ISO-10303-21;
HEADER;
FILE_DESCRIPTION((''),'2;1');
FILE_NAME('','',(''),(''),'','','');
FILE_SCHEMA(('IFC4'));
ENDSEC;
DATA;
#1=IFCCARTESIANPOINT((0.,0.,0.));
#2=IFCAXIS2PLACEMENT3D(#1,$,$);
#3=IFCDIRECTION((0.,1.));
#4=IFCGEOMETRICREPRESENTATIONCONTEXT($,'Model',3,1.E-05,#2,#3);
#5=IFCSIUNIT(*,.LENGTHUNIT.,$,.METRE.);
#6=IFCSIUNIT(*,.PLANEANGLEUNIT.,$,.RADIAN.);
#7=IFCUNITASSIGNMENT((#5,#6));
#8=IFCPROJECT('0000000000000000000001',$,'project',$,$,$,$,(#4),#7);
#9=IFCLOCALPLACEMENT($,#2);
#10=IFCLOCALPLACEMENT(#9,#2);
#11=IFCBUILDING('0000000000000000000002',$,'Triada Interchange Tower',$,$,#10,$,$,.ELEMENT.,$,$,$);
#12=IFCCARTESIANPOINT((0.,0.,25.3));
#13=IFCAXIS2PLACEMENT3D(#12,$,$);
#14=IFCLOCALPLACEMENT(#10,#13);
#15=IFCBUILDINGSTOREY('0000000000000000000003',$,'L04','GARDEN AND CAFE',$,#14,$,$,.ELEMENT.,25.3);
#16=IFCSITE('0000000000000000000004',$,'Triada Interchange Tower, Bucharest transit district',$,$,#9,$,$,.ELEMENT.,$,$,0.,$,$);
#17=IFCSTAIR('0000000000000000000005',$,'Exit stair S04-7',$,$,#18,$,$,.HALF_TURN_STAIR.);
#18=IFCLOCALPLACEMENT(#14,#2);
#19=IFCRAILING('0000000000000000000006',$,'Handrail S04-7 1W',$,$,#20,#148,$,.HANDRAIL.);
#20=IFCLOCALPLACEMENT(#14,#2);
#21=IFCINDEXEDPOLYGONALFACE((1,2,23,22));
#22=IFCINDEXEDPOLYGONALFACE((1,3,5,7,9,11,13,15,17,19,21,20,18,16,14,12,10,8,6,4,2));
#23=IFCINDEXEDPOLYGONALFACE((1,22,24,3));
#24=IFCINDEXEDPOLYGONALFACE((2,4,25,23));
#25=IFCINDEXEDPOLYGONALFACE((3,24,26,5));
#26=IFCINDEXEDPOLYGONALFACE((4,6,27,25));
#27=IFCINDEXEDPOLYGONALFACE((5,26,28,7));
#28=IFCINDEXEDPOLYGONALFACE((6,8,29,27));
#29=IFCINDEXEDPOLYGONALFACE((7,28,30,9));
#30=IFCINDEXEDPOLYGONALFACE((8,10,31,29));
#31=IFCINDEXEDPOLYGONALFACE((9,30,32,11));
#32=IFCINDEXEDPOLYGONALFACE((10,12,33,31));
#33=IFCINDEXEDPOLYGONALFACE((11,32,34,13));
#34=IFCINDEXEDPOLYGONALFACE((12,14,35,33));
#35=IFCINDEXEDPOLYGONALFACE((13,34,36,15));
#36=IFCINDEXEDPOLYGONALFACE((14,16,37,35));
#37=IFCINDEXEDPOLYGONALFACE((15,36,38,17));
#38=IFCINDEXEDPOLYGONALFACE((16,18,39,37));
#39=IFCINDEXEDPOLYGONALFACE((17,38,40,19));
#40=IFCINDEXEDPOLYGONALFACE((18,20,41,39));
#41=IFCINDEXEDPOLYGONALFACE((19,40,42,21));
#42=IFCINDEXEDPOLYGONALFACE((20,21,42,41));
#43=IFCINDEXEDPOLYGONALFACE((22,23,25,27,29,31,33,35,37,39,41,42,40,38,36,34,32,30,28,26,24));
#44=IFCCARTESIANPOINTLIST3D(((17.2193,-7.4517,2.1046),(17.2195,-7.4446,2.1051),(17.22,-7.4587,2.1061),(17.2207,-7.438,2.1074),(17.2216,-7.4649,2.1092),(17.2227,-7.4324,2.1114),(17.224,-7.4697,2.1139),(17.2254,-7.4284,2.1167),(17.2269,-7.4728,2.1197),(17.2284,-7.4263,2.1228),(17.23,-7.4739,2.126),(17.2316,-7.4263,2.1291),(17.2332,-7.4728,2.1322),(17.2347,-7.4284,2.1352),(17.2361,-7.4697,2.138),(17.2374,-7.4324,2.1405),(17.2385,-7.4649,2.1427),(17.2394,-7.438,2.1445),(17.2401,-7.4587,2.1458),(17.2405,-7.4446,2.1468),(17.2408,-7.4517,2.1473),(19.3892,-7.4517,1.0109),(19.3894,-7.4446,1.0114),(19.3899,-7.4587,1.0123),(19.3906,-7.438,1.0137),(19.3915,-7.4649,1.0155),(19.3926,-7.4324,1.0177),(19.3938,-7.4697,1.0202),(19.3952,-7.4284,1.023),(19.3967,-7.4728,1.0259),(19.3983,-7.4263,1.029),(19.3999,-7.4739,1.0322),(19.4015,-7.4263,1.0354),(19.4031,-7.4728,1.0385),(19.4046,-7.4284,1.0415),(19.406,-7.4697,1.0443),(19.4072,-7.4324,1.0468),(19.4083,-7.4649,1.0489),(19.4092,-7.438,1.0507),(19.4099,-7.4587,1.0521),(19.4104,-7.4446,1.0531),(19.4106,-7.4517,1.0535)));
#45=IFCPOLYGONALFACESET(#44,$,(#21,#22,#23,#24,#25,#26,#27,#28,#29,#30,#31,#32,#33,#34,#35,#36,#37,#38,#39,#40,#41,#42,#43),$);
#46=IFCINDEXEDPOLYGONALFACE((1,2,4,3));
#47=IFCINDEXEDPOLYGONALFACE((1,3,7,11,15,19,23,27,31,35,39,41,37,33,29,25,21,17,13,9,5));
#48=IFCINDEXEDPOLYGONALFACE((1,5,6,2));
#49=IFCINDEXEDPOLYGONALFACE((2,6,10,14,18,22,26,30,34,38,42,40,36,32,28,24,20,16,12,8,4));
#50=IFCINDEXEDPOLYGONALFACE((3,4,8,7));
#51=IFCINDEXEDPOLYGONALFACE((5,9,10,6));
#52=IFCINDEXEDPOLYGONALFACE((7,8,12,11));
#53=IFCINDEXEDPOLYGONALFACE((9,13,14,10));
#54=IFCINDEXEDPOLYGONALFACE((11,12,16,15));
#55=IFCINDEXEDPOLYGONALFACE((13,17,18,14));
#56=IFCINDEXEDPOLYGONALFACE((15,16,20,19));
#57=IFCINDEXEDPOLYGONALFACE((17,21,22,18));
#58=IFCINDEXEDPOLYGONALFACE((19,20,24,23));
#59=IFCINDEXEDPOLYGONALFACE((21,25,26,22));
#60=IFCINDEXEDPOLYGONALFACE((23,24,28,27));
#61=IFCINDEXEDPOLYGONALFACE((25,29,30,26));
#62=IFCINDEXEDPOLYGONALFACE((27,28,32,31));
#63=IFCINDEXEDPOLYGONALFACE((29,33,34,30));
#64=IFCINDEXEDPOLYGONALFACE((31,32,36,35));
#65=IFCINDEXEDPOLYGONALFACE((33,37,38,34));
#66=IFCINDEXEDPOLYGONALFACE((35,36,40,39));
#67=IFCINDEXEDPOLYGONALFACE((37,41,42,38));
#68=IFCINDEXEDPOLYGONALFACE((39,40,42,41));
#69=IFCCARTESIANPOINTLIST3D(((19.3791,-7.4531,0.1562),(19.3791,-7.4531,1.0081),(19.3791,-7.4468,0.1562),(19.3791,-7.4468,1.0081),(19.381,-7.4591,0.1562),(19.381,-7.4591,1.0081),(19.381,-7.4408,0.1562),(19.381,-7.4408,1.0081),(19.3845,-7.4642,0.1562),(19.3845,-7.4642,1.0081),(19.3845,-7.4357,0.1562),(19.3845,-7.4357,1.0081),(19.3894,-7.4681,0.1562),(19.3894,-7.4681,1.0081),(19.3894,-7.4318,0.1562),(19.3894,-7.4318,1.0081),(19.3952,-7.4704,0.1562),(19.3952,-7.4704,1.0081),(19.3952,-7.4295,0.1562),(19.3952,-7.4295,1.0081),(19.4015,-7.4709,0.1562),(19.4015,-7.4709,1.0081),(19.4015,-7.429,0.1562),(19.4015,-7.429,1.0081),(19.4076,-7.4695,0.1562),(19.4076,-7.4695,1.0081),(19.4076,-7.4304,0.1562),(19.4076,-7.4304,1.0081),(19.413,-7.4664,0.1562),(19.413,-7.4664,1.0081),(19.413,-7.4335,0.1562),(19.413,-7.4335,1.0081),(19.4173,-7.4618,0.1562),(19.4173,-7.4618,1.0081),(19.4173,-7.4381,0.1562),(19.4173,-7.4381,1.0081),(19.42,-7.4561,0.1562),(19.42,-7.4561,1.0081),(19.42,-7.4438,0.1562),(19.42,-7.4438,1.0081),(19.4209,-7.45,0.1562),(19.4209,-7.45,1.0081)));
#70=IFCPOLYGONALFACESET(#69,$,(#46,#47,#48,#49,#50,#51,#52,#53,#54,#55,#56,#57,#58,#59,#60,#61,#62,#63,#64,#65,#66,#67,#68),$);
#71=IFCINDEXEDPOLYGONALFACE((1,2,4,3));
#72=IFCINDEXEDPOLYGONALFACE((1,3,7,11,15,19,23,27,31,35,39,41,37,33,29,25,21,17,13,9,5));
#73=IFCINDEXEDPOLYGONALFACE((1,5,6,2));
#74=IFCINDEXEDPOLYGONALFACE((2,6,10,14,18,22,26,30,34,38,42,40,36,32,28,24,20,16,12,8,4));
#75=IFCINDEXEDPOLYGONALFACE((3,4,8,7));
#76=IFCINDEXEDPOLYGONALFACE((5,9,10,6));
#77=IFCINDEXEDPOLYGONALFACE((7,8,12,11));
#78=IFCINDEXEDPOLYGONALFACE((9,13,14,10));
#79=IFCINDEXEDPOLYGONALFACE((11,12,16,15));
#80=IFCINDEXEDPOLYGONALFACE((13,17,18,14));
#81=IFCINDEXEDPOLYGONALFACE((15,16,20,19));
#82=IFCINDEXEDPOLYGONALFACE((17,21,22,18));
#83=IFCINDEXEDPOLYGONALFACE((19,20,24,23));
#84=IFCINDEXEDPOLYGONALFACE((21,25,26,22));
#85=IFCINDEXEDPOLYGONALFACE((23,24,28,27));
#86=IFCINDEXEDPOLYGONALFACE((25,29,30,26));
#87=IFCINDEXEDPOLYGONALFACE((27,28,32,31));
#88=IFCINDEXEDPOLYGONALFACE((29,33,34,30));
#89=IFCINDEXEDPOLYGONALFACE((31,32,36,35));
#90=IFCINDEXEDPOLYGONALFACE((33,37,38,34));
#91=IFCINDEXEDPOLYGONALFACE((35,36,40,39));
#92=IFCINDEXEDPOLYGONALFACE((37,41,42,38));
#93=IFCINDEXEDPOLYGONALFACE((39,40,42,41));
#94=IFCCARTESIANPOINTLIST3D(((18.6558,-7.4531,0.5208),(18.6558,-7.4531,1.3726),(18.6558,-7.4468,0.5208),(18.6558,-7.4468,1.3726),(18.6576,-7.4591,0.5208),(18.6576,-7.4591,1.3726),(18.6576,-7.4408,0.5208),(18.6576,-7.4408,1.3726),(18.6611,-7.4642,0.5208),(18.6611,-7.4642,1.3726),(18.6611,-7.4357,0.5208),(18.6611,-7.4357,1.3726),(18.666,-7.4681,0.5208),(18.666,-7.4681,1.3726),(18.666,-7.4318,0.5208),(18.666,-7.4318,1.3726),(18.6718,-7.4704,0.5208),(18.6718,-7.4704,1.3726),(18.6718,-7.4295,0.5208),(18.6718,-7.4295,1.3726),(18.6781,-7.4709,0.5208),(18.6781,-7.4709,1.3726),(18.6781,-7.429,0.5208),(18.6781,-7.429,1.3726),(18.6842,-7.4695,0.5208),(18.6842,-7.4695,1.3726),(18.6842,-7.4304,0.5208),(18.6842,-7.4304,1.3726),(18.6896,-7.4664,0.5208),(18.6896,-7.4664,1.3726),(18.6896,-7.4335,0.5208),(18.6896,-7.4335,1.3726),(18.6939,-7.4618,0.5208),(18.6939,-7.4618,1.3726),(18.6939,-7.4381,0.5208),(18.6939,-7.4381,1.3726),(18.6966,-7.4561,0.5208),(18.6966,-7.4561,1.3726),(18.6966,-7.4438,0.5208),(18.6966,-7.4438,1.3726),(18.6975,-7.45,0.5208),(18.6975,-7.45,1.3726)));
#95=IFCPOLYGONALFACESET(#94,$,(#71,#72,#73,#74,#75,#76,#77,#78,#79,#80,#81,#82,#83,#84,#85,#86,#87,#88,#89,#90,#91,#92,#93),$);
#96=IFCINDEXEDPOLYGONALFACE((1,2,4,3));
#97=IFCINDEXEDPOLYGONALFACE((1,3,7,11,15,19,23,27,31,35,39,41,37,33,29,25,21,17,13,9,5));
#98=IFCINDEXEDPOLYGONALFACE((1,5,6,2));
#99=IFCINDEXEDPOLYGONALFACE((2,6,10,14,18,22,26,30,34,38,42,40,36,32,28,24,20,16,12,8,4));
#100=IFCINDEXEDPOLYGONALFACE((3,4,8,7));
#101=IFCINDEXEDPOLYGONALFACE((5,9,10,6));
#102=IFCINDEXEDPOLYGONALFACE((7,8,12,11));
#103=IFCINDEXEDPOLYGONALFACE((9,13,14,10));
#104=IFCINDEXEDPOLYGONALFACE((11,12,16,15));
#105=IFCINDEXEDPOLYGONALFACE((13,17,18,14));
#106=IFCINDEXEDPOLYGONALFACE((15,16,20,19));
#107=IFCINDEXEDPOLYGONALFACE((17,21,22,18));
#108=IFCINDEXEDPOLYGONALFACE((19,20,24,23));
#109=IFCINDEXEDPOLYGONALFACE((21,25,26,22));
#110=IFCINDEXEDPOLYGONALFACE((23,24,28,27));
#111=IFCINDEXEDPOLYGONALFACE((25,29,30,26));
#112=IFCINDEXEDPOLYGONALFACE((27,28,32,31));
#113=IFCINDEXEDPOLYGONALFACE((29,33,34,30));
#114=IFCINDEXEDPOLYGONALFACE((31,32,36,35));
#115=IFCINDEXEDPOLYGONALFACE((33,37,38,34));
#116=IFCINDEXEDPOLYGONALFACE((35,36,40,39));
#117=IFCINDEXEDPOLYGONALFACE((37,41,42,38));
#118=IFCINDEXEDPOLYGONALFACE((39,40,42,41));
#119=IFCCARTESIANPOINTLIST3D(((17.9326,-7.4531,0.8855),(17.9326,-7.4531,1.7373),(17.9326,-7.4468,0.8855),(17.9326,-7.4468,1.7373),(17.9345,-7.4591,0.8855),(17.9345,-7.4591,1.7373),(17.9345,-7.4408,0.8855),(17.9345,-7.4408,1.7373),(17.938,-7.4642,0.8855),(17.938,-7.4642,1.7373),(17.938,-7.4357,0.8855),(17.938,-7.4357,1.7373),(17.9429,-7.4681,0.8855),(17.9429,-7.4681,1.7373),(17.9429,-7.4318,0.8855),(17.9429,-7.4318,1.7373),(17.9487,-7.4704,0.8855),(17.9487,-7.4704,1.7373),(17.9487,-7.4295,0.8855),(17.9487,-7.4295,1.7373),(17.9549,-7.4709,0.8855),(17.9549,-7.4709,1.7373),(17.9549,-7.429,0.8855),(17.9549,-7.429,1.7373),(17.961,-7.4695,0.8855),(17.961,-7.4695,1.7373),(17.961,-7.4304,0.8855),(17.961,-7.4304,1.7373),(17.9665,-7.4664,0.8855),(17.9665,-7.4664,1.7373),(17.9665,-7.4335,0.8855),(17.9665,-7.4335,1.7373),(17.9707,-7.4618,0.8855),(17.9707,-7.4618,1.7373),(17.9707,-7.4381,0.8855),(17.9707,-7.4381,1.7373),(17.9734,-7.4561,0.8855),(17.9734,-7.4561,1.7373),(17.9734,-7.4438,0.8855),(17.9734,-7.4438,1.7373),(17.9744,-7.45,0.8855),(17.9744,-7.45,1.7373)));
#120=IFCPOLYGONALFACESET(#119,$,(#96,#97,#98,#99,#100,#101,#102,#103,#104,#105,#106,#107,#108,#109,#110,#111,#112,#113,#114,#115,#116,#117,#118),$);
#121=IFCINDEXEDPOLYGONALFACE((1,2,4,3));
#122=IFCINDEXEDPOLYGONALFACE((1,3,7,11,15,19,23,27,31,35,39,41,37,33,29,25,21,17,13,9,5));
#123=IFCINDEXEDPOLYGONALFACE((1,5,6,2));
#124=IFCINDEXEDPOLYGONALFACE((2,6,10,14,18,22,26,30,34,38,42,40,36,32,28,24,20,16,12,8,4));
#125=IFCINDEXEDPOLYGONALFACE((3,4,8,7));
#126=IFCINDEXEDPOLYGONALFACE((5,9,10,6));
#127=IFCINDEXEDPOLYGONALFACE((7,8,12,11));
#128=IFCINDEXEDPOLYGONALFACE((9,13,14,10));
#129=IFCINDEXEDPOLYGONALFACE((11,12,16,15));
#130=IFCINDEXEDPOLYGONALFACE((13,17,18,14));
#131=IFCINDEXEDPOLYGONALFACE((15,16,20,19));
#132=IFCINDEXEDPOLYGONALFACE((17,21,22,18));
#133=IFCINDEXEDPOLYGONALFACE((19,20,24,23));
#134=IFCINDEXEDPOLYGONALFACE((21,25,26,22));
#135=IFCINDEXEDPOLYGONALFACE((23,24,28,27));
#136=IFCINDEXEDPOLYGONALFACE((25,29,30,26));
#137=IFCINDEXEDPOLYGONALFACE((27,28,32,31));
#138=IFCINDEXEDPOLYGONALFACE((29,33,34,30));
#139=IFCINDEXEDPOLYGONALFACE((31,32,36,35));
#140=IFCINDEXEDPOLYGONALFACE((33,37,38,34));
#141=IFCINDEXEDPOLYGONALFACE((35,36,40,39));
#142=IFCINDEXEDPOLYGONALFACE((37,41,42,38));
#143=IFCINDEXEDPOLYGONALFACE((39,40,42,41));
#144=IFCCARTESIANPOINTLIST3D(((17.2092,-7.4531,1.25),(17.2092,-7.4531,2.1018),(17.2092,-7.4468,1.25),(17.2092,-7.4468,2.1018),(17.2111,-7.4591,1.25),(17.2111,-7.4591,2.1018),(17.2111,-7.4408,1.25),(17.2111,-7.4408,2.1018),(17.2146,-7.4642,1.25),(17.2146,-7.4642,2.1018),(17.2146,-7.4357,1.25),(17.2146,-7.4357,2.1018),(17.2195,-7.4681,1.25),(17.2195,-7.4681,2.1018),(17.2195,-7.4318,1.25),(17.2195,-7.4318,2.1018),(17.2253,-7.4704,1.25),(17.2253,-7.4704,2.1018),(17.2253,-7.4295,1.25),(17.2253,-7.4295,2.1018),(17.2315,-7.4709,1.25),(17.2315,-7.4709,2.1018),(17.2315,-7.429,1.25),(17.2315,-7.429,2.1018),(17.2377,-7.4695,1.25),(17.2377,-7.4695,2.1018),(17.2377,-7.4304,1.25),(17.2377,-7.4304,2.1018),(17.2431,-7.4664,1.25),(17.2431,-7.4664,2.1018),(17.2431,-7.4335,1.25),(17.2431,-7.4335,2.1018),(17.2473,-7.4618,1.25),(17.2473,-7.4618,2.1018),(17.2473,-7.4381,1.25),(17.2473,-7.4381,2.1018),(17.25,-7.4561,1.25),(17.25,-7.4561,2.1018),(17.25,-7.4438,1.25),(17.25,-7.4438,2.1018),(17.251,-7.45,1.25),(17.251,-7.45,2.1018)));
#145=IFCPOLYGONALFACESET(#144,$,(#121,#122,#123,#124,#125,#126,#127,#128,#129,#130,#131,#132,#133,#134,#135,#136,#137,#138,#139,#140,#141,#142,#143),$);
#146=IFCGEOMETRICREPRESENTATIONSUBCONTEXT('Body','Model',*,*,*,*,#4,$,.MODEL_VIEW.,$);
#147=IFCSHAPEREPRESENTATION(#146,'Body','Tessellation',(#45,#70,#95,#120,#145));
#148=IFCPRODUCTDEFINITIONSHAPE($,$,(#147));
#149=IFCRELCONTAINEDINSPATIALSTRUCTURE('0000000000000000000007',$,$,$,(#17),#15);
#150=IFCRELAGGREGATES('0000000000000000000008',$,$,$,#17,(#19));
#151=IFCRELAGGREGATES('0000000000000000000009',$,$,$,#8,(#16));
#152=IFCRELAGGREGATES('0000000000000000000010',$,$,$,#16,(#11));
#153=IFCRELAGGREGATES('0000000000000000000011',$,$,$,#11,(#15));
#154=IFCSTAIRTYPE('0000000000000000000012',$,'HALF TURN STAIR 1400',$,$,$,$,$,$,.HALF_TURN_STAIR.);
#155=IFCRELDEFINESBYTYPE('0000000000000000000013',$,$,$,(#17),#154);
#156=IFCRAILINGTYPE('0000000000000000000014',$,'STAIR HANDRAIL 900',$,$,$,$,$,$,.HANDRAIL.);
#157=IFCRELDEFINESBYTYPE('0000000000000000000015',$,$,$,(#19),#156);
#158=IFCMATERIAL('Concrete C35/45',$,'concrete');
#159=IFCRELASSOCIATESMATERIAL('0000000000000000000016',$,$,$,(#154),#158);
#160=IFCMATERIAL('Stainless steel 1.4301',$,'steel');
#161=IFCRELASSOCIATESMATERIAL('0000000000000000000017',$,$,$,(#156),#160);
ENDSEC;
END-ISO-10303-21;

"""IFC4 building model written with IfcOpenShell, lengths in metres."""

from ifc_helpers import new_model, si_unit, direction, frame, origin, origin_2d, place, context, subcontext, project, spatial, circle, extrude, material, type_object, element, aggregate, save


model = new_model("IFC4")

# Units and contexts
model_context = context("Model", 3, precision=1e-05, world=origin(), true_north=direction((0.0, 1.0)))
body_context = subcontext(model_context, "Body", "Model", "MODEL_VIEW")
ifc_project = project(units=[si_unit("LENGTHUNIT", "METRE"), si_unit("PLANEANGLEUNIT", "RADIAN")], contexts=[model_context])

# Site, building, storey
site_placement = place(None, origin())
site = spatial("IfcSite", under=ifc_project, at=site_placement, Name="Triada Interchange Tower, Bucharest transit district", CompositionType="ELEMENT", RefElevation=0.0)
building_placement = place(site_placement, origin())
building = spatial("IfcBuilding", under=site, at=building_placement, Name="Triada Interchange Tower", CompositionType="ELEMENT")
storey_placement = place(building_placement, frame((0.0, 0.0, 25.3)))
storey = spatial("IfcBuildingStorey", under=building, at=storey_placement, Name="L04", Description="GARDEN AND CAFE", CompositionType="ELEMENT", Elevation=25.3)

# Shared definitions
ifc_material_1 = material(Name="Concrete C35/45", Category="concrete")

# Stair, railing
stair_type = type_object("IfcStairType", Name="HALF TURN STAIR 1400", PredefinedType="HALF_TURN_STAIR", material=ifc_material_1)
stair_placement = place(storey_placement, origin())
stair = element("IfcStair", 1, at=stair_placement, inside=storey, type_object=stair_type, Name="Exit stair S04-7", PredefinedType="HALF_TURN_STAIR")
ifc_material_2 = material(Name="Stainless steel 1.4301", Category="steel")
railing_type_1 = type_object("IfcRailingType", Name="STAIR HANDRAIL 900", PredefinedType="HANDRAIL", material=ifc_material_2)
railing_1_placement = place(storey_placement, frame((19.3999, -7.45, 0.1562)))
railing_1 = element("IfcRailing", 2, at=railing_1_placement, type_object=railing_type_1, Name="Handrail S04-7 1W", PredefinedType="HANDRAIL", context=body_context, shape_type="SweptSolid", body=[
    extrude(circle(Radius=0.0239, at=origin_2d()), frame((0.0, 0.0, 0.876), z_axis=(-0.892976, 0.0, 0.450105), x_axis=(0.0, -1.0, 0.0)), (0.0, 0.0, 1.0), 2.4299),
    extrude(circle(Radius=0.021, at=origin_2d()), origin(), (0.0, 0.0, 1.0), 0.8518),
    extrude(circle(Radius=0.021, at=origin_2d()), frame((-0.7234, 0.0, 0.3645)), (0.0, 0.0, 1.0), 0.8518),
    extrude(circle(Radius=0.021, at=origin_2d()), frame((-1.4465, 0.0, 0.7292)), (0.0, 0.0, 1.0), 0.8518),
    extrude(circle(Radius=0.021, at=origin_2d()), frame((-2.1699, 0.0, 1.0938)), (0.0, 0.0, 1.0), 0.8518),
])
aggregate(stair, [railing_1])

save(model, "model.ifc")
